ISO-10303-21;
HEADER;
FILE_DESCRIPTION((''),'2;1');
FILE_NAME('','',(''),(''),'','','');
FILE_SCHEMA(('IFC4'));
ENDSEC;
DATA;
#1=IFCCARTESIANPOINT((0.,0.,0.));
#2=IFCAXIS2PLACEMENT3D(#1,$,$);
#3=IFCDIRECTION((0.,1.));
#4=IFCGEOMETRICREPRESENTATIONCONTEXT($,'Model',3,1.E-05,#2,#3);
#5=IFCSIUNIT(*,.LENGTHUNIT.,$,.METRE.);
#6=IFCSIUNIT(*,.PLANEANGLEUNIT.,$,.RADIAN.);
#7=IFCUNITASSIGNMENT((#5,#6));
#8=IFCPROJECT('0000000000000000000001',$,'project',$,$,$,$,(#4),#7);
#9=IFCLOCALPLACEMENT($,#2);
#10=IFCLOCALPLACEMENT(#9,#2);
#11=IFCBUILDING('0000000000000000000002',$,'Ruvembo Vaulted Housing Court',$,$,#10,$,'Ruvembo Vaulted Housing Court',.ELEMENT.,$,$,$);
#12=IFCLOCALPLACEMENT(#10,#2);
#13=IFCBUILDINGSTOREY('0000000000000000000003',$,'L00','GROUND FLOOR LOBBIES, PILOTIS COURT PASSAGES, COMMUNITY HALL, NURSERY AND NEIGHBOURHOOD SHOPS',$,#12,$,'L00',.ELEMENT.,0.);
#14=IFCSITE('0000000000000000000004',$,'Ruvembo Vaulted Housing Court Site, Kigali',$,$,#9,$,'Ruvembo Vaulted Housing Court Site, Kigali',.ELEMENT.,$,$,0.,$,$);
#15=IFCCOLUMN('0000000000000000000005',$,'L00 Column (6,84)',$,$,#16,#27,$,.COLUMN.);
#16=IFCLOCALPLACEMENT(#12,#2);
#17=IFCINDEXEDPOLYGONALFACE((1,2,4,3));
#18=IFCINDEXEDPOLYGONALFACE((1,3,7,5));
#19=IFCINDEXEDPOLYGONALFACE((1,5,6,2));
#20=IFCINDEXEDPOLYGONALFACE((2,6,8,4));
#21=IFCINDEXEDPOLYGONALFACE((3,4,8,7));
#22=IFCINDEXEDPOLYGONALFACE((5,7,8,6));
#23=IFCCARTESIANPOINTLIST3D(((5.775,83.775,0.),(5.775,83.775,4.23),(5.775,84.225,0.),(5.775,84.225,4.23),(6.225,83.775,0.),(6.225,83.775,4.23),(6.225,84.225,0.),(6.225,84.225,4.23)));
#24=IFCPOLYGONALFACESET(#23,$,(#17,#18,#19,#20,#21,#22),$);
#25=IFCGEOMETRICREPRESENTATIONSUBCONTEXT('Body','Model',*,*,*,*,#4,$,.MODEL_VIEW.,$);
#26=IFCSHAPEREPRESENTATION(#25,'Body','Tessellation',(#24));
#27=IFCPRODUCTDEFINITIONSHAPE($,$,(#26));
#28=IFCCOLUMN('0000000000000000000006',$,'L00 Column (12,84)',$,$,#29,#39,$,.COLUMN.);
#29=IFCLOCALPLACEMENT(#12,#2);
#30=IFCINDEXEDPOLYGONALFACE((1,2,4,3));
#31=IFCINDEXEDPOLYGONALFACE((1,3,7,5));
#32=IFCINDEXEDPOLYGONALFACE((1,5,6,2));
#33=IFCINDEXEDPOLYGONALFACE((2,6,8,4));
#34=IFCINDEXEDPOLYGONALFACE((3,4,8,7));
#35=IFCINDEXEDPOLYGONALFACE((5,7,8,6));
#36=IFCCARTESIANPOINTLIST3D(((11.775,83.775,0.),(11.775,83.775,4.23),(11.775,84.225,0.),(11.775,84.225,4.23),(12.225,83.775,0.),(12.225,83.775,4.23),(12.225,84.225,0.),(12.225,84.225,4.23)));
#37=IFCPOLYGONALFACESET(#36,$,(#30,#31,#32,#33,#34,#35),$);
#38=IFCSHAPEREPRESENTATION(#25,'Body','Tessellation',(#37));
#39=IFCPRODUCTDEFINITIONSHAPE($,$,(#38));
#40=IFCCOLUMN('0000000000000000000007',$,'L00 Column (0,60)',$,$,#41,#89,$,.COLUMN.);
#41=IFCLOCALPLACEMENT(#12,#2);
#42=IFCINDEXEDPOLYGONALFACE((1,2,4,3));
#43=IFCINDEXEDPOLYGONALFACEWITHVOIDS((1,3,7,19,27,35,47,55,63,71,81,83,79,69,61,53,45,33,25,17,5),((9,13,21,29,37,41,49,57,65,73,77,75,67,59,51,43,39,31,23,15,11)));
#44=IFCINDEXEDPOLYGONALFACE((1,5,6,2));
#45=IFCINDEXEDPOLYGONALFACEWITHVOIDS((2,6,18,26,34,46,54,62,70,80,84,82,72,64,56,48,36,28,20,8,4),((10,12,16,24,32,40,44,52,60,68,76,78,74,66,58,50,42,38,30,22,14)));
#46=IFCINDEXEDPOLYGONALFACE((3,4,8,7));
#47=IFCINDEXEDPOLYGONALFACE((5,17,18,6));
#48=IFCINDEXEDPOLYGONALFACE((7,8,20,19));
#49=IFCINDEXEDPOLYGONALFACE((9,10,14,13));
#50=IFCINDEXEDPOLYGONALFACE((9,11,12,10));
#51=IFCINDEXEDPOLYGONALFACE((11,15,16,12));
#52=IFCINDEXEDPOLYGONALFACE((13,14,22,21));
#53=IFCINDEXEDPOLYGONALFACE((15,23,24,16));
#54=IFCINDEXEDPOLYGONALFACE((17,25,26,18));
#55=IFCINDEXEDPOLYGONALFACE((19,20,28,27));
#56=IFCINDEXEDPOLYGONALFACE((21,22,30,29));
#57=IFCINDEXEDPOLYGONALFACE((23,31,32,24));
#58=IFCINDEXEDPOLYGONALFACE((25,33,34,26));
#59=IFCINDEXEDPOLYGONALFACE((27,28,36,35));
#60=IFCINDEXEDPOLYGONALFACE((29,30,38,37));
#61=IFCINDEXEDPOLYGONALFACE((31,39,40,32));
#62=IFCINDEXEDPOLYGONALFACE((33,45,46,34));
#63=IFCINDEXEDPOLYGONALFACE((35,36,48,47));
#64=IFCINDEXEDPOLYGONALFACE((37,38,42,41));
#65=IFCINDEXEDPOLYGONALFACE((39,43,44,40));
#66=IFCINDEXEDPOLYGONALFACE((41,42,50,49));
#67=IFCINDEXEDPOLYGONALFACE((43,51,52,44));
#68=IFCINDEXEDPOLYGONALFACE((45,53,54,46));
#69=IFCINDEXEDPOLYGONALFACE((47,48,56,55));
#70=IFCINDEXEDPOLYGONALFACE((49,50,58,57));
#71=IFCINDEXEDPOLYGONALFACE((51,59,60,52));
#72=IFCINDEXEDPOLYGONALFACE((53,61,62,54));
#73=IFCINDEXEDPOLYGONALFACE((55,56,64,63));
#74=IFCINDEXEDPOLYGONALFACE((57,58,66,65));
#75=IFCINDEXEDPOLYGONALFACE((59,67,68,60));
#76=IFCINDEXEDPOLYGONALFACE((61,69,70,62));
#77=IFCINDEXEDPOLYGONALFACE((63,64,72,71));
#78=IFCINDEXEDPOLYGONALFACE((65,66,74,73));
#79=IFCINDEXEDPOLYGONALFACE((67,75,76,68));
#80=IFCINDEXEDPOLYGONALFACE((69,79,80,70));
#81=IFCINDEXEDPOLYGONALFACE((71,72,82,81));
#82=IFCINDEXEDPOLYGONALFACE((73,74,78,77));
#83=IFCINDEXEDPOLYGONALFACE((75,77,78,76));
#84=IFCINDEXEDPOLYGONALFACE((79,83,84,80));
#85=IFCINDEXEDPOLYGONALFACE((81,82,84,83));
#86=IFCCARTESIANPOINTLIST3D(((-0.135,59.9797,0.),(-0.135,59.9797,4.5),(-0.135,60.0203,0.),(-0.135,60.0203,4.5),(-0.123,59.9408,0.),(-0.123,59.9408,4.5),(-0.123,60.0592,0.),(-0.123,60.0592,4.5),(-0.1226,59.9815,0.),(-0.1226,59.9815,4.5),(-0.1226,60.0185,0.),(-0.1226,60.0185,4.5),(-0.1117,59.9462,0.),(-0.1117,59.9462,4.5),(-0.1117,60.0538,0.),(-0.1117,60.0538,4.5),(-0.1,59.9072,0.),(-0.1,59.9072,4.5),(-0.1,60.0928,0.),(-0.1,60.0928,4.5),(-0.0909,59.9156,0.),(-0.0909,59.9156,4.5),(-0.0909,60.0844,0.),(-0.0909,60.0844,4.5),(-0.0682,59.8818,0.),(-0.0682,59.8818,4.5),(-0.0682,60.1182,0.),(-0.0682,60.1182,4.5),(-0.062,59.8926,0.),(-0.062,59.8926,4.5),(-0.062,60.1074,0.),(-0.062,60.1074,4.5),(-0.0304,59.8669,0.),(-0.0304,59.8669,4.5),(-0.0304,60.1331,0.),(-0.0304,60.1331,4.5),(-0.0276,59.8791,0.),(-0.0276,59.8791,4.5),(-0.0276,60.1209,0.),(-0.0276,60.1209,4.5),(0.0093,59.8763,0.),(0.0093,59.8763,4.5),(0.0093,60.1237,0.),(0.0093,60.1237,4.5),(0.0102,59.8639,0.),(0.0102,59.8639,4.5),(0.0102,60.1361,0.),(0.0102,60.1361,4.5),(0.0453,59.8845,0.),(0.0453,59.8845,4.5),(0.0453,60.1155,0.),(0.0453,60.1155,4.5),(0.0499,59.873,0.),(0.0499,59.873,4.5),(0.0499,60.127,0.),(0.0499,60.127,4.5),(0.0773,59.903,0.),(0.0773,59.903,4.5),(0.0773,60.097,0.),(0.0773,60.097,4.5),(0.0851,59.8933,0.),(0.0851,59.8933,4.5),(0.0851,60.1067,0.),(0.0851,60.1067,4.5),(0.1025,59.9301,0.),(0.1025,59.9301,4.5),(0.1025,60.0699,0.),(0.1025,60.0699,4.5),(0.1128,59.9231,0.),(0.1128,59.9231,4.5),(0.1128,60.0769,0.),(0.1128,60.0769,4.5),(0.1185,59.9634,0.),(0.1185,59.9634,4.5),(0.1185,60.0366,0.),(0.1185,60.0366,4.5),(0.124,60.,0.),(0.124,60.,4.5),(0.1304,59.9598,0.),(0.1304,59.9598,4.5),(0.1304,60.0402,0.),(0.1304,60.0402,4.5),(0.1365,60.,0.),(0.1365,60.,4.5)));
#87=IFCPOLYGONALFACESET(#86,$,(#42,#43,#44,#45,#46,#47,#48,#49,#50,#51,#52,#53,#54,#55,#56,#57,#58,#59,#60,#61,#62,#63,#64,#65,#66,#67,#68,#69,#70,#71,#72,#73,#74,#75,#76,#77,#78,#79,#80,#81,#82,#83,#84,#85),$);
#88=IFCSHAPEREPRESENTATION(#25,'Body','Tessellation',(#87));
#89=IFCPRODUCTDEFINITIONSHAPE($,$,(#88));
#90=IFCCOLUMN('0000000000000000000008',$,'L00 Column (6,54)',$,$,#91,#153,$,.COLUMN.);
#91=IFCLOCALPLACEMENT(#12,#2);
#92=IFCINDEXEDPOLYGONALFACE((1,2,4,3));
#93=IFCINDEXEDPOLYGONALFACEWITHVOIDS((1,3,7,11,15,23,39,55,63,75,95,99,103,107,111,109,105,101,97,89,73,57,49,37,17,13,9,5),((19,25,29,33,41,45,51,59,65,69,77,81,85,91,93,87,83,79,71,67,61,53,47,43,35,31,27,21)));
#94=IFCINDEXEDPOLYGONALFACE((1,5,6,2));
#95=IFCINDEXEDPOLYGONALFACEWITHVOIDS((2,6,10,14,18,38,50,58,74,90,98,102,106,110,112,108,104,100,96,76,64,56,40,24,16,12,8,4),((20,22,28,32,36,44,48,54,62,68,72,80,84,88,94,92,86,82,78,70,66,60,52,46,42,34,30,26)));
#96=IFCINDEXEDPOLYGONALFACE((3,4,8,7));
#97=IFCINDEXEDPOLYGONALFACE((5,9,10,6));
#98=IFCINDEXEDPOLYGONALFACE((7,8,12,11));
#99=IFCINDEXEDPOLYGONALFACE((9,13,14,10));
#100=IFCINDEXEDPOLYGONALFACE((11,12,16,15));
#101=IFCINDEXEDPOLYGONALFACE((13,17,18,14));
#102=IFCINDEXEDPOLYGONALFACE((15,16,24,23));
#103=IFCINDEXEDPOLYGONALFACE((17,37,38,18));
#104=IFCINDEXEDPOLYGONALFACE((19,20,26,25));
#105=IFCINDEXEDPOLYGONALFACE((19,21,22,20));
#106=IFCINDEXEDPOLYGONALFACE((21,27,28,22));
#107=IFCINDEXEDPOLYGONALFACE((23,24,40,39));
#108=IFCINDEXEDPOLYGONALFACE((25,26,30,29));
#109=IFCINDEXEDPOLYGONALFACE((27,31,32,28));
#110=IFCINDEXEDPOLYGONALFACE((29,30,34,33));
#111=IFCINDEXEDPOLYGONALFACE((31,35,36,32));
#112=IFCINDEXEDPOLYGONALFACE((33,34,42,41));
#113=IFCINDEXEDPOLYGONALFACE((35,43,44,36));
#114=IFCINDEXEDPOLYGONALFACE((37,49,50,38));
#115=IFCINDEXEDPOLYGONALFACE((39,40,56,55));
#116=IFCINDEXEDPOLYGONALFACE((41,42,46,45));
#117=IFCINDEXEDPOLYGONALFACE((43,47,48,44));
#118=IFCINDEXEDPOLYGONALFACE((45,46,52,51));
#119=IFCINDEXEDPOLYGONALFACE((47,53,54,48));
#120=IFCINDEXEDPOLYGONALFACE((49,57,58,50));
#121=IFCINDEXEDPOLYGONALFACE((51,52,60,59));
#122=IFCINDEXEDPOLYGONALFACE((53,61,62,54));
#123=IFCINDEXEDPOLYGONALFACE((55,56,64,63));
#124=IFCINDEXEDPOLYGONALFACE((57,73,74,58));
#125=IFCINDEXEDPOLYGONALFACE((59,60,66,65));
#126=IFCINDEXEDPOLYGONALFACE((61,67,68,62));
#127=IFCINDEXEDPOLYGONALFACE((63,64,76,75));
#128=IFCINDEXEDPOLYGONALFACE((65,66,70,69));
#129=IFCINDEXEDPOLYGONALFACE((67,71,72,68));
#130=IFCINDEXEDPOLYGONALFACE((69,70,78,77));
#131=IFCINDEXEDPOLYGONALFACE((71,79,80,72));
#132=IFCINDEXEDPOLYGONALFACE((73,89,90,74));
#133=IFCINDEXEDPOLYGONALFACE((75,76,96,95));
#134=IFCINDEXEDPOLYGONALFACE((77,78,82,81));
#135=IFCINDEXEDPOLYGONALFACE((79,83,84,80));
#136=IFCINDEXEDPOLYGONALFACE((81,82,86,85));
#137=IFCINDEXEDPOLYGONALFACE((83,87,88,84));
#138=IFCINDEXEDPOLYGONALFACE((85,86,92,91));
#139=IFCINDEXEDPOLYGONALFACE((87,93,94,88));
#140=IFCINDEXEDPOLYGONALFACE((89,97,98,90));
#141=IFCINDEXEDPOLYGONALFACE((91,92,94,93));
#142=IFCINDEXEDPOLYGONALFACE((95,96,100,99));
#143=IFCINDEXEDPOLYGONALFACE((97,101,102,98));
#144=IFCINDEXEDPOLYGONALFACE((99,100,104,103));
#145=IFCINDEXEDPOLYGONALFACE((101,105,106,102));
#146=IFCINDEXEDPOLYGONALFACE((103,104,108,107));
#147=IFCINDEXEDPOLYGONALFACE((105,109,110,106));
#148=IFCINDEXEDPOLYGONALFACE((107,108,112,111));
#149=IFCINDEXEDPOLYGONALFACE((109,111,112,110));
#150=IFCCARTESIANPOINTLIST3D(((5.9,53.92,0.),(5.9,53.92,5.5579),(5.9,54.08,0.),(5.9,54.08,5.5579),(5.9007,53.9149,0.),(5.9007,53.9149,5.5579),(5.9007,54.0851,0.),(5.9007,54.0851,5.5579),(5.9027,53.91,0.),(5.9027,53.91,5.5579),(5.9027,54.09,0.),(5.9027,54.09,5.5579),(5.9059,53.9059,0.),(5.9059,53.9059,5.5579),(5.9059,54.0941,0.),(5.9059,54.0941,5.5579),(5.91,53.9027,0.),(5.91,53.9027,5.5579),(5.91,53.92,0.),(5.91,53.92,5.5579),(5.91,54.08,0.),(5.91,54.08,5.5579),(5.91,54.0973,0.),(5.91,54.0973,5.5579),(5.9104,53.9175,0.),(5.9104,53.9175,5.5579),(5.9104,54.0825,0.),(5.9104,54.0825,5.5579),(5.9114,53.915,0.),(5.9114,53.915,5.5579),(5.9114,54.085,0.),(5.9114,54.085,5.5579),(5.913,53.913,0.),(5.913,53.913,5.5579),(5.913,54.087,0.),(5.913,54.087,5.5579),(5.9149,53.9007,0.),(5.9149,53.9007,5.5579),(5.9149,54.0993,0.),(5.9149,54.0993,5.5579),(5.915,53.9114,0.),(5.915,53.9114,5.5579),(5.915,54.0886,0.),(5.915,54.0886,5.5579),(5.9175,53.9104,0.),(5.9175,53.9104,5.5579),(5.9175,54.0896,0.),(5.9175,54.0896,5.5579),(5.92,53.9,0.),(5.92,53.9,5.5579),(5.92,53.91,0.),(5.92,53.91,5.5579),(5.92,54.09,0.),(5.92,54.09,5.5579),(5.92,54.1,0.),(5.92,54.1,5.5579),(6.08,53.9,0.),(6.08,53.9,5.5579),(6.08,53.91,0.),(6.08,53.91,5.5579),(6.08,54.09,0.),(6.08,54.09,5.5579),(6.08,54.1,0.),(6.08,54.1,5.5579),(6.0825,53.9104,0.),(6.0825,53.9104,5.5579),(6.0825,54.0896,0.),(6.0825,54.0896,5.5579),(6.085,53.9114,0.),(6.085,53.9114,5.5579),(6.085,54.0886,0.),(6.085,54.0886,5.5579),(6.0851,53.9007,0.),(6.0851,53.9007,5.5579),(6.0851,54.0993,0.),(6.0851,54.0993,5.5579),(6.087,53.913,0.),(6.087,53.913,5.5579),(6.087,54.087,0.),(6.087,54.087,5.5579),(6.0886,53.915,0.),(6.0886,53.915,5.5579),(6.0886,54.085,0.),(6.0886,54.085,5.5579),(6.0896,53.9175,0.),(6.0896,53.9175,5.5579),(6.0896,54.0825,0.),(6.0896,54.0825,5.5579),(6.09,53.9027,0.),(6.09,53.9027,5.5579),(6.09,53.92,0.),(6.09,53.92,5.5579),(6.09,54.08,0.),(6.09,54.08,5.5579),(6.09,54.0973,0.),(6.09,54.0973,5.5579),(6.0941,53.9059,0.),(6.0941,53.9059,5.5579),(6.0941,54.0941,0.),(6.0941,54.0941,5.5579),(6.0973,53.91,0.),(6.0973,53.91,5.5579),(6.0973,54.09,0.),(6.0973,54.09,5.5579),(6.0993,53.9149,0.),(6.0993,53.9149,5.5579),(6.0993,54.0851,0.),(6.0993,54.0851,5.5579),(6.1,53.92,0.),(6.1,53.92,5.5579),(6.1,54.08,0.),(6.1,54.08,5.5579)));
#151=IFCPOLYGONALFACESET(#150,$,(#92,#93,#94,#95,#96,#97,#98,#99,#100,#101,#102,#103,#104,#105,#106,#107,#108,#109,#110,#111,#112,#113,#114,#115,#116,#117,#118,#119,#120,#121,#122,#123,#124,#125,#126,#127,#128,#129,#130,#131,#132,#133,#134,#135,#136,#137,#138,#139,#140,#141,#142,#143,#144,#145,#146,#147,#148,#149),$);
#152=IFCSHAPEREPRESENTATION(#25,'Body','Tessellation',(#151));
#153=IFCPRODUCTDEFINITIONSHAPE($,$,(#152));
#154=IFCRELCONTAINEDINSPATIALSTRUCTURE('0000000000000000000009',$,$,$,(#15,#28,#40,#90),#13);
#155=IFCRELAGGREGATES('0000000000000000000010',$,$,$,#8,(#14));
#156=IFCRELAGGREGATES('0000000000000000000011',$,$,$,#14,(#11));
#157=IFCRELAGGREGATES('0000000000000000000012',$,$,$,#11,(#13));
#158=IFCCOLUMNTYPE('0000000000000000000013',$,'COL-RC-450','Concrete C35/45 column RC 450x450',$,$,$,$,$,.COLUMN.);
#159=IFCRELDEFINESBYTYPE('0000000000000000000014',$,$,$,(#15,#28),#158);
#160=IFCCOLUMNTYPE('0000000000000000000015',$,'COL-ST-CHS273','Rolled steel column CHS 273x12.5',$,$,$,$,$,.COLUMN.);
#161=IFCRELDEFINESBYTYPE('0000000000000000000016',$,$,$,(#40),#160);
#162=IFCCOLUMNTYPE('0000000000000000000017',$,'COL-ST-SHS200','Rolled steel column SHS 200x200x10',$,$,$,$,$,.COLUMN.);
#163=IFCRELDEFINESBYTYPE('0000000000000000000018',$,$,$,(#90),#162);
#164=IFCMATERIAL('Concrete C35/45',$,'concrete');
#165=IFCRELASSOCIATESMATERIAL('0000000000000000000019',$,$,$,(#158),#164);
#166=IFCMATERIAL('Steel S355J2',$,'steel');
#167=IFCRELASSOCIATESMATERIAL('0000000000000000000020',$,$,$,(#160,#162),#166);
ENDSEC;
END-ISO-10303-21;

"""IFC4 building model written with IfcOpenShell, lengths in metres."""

from ifc_helpers import new_model, si_unit, direction, frame, origin, origin_2d, place, context, subcontext, project, spatial, rectangle, hollow_rectangle, hollow_circle, extrude, material, material_profile, profile_set, type_object, element, save


model = new_model("IFC4")

# Units and contexts
model_context = context("Model", 3, precision=1e-05, world=origin(), true_north=direction((0.0, 1.0)))
body_context = subcontext(model_context, "Body", "Model", "MODEL_VIEW")
ifc_project = project(units=[si_unit("LENGTHUNIT", "METRE"), si_unit("PLANEANGLEUNIT", "RADIAN")], contexts=[model_context])

# Site, building, storey
site_placement = place(None, origin())
site = spatial("IfcSite", under=ifc_project, at=site_placement, Name="Ruvembo Vaulted Housing Court Site, Kigali", LongName="Ruvembo Vaulted Housing Court Site, Kigali", CompositionType="ELEMENT", RefElevation=0.0)
building_placement = place(site_placement, origin())
building = spatial("IfcBuilding", under=site, at=building_placement, Name="Ruvembo Vaulted Housing Court", LongName="Ruvembo Vaulted Housing Court", CompositionType="ELEMENT")
storey_placement = place(building_placement, origin())
storey = spatial("IfcBuildingStorey", under=building, at=storey_placement, Name="L00", Description="GROUND FLOOR LOBBIES, PILOTIS COURT PASSAGES, COMMUNITY HALL, NURSERY AND NEIGHBOURHOOD SHOPS", LongName="L00", CompositionType="ELEMENT", Elevation=0.0)

# Columns
ifc_material_1 = material(Name="Concrete C35/45", Category="concrete")
ifc_material_profile_1 = material_profile(ifc_material_1, rectangle(XDim=0.45, YDim=0.45, at=origin_2d()), Name="RC 450x450")
ifc_profile_set_1 = profile_set([ifc_material_profile_1], Name="Concrete C35/45")
column_type_1 = type_object("IfcColumnType", Name="COL-RC-450", Description="Concrete C35/45 column RC 450x450", PredefinedType="COLUMN", material=ifc_profile_set_1)
for number, where, z_axis, x_axis, name in (
    (1, (6.0, 84.0, 0.0), (0.0, 0.0, 1.0), (1.0, 0.0, 0.0), "L00 Column (6,84)"),
    (2, (12.0, 84.0, 0.0), (0.0, 0.0, 1.0), (1.0, 0.0, 0.0), "L00 Column (12,84)"),
):
    element("IfcColumn", number, at=place(storey_placement, frame(where, z_axis=z_axis, x_axis=x_axis)), inside=storey, type_object=column_type_1, Name=name, PredefinedType="COLUMN", context=body_context, shape_type="SweptSolid", body=[
        extrude(rectangle(XDim=0.45, YDim=0.45, at=origin_2d()), origin(), (0.0, 0.0, 1.0), 4.23),
    ])
ifc_material_2 = material(Name="Steel S355J2", Category="steel")
ifc_material_profile_2 = material_profile(ifc_material_2, hollow_circle(Radius=0.1365, WallThickness=0.0125, at=origin_2d()), Name="CHS 273x12.5")
ifc_profile_set_2 = profile_set([ifc_material_profile_2], Name="Steel S355J2")
column_type_2 = type_object("IfcColumnType", Name="COL-ST-CHS273", Description="Rolled steel column CHS 273x12.5", PredefinedType="COLUMN", material=ifc_profile_set_2)
column_placement = place(storey_placement, frame((0.0, 60.0, 0.0), z_axis=(0.0, 0.0, 1.0), x_axis=(1.0, 0.0, 0.0)))
element("IfcColumn", 3, at=column_placement, inside=storey, type_object=column_type_2, Name="L00 Column (0,60)", PredefinedType="COLUMN", context=body_context, shape_type="SweptSolid", body=[
    extrude(hollow_circle(Radius=0.1365, WallThickness=0.0125, at=origin_2d()), origin(), (0.0, 0.0, 1.0), 4.5),
])
ifc_material_profile_3 = material_profile(ifc_material_2, hollow_rectangle(XDim=0.2, YDim=0.2, WallThickness=0.01, InnerFilletRadius=0.01, OuterFilletRadius=0.02, at=origin_2d()), Name="SHS 200x200x10")
ifc_profile_set_3 = profile_set([ifc_material_profile_3], Name="Steel S355J2")
column_type_3 = type_object("IfcColumnType", Name="COL-ST-SHS200", Description="Rolled steel column SHS 200x200x10", PredefinedType="COLUMN", material=ifc_profile_set_3)
for number, where, z_axis, x_axis, name in (
    (4, (6.0, 54.0, 0.0), (0.0, 0.0, 1.0), (1.0, 0.0, 0.0), "L00 Column (6,54)"),
):
    element("IfcColumn", number, at=place(storey_placement, frame(where, z_axis=z_axis, x_axis=x_axis)), inside=storey, type_object=column_type_3, Name=name, PredefinedType="COLUMN", context=body_context, shape_type="SweptSolid", body=[
        extrude(hollow_rectangle(XDim=0.2, YDim=0.2, WallThickness=0.01, InnerFilletRadius=0.01, OuterFilletRadius=0.02, at=origin_2d()), origin(), (0.0, 0.0, 1.0), 5.5579),
    ])

save(model, "model.ifc")
